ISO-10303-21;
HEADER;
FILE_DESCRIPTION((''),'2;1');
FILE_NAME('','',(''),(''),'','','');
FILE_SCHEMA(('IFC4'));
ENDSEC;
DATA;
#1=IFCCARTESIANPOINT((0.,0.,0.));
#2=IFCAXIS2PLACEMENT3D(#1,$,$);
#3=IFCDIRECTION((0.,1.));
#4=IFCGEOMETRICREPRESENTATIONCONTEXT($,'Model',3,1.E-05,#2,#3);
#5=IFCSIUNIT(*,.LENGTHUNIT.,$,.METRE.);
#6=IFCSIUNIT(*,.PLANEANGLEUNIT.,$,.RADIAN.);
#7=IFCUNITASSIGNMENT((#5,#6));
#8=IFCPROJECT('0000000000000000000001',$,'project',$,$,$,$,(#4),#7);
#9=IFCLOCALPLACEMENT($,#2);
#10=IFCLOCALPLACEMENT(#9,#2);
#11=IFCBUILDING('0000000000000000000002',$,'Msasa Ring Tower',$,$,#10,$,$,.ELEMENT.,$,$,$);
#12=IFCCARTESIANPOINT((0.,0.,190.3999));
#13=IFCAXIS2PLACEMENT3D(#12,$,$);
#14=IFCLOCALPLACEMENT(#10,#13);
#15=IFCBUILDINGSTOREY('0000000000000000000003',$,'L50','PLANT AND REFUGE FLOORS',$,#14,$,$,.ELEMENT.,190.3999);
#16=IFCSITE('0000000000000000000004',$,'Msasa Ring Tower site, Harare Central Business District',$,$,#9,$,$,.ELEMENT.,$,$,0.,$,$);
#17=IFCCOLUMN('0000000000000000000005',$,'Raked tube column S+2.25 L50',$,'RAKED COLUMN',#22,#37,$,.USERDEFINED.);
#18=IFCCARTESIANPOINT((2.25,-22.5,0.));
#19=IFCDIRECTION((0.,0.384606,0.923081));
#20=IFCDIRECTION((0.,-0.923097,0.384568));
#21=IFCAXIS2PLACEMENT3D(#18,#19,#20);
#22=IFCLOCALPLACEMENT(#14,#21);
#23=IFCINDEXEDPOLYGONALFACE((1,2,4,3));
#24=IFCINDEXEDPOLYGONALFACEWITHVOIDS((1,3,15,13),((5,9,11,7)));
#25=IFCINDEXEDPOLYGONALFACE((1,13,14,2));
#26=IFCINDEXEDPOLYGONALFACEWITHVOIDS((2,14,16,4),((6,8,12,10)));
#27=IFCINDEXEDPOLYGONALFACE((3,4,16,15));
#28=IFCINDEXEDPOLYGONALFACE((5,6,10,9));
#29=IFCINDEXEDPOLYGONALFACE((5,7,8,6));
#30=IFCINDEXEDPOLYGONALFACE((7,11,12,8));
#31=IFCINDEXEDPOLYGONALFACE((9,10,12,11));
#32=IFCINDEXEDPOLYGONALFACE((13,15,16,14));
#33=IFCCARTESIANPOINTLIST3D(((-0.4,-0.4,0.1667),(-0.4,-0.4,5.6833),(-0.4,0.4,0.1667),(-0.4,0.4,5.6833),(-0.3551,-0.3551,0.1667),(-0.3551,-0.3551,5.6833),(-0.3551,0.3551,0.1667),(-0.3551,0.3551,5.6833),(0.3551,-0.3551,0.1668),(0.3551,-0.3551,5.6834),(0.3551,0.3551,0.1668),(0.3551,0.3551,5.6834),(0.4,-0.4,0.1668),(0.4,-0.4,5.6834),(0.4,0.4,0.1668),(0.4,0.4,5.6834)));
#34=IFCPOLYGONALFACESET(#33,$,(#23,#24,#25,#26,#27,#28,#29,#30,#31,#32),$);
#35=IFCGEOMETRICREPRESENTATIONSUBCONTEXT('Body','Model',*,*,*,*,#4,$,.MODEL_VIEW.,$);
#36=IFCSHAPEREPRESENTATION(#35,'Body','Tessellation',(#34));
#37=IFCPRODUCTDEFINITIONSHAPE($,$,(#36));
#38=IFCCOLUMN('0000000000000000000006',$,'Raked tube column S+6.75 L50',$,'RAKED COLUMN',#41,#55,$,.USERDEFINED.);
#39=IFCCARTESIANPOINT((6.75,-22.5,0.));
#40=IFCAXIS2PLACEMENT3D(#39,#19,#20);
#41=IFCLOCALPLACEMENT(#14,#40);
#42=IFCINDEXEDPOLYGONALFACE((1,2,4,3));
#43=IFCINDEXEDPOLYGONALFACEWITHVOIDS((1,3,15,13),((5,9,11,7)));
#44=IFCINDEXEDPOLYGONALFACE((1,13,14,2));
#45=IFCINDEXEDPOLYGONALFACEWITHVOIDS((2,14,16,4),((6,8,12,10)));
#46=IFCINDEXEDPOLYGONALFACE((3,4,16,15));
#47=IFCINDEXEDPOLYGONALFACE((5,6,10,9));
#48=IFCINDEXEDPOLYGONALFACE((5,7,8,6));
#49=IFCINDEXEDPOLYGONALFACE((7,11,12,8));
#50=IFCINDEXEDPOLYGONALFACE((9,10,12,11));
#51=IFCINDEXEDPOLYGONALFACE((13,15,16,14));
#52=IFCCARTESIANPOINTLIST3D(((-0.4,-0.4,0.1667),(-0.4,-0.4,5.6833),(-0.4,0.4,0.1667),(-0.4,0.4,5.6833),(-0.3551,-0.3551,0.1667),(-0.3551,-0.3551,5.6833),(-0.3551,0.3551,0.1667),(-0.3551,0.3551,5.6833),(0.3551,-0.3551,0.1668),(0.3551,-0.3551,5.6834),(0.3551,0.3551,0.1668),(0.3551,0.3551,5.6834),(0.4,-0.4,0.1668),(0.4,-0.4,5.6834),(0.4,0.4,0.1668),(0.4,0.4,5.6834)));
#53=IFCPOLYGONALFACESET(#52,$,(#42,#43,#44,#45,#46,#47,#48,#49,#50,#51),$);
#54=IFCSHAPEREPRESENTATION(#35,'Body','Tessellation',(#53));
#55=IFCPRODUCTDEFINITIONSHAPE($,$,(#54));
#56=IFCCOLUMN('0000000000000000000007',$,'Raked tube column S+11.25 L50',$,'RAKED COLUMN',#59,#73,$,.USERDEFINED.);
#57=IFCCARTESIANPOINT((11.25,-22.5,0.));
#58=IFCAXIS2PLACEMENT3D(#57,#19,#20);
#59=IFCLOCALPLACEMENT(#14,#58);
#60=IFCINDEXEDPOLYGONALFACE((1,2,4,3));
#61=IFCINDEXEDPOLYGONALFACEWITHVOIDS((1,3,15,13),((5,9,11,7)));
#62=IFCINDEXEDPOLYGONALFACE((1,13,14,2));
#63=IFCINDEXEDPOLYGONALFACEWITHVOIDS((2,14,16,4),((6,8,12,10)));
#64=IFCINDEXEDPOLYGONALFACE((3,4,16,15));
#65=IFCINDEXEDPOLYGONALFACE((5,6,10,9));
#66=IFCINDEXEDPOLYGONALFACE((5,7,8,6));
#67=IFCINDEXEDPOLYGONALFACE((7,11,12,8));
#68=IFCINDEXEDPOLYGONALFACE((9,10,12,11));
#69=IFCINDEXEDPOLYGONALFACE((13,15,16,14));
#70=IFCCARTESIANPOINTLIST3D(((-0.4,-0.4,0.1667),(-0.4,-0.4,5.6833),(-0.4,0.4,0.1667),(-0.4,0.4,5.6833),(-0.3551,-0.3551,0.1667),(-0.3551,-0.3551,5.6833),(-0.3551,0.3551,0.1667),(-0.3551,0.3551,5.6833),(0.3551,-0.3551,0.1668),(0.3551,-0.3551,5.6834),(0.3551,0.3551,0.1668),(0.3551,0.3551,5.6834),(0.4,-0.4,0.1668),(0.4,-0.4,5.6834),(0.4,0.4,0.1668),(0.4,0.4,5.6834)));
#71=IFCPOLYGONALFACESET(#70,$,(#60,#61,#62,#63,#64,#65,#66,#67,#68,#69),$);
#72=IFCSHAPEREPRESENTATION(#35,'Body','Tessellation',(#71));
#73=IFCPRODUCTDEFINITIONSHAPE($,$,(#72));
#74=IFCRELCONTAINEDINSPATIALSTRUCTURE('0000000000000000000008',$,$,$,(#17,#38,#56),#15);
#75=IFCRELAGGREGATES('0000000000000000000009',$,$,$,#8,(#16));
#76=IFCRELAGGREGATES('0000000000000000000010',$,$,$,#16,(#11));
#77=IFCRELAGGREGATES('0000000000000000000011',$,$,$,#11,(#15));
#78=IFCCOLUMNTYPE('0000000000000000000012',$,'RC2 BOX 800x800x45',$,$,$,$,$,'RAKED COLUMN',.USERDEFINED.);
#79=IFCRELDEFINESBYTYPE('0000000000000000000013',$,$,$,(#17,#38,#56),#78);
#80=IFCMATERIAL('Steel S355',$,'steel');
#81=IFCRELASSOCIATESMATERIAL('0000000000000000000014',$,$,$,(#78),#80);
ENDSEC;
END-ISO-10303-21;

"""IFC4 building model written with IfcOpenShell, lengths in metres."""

from ifc_helpers import new_model, si_unit, direction, frame, origin, origin_2d, place, context, subcontext, project, spatial, hollow_rectangle, extrude, clip, halfspace, material, material_profile, profile_set, type_object, element, save


model = new_model("IFC4")

# Units and contexts
model_context = context("Model", 3, precision=1e-05, world=origin(), true_north=direction((0.0, 1.0)))
body_context = subcontext(model_context, "Body", "Model", "MODEL_VIEW")
ifc_project = project(units=[si_unit("LENGTHUNIT", "METRE"), si_unit("PLANEANGLEUNIT", "RADIAN")], contexts=[model_context])

# Site, building, storey
site_placement = place(None, origin())
site = spatial("IfcSite", under=ifc_project, at=site_placement, Name="Msasa Ring Tower site, Harare Central Business District", CompositionType="ELEMENT", RefElevation=0.0)
building_placement = place(site_placement, origin())
building = spatial("IfcBuilding", under=site, at=building_placement, Name="Msasa Ring Tower", CompositionType="ELEMENT")
storey_placement = place(building_placement, frame((0.0, 0.0, 190.3999)))
storey = spatial("IfcBuildingStorey", under=building, at=storey_placement, Name="L50", Description="PLANT AND REFUGE FLOORS", CompositionType="ELEMENT", Elevation=190.3999)

# Columns
ifc_material_1 = material(Name="Steel S355", Category="steel")
ifc_material_profile_1 = material_profile(ifc_material_1, hollow_rectangle(XDim=0.8, YDim=0.8, WallThickness=0.0449, at=origin_2d()), Name="BOX 800x800x45")
ifc_profile_set_1 = profile_set([ifc_material_profile_1], Name="Steel S355")
column_type = type_object("IfcColumnType", Name="RC2 BOX 800x800x45", ElementType="RAKED COLUMN", PredefinedType="USERDEFINED", material=ifc_profile_set_1)
for number, where, z_axis, x_axis, name in (
    (1, (2.25, -22.5, 0.0), (0.0, 0.384606, 0.923081), (0.0, -0.923097, 0.384568), "Raked tube column S+2.25 L50"),
    (2, (6.75, -22.5, 0.0), (0.0, 0.384606, 0.923081), (0.0, -0.923097, 0.384568), "Raked tube column S+6.75 L50"),
    (3, (11.25, -22.5, 0.0), (0.0, 0.384606, 0.923081), (0.0, -0.923097, 0.384568), "Raked tube column S+11.25 L50"),
):
    element("IfcColumn", number, at=place(storey_placement, frame(where, z_axis=z_axis, x_axis=x_axis)), inside=storey, type_object=column_type, Name=name, ObjectType="RAKED COLUMN", PredefinedType="USERDEFINED", context=body_context, shape_type="Clipping", body=[
        clip(clip(extrude(hollow_rectangle(XDim=0.8, YDim=0.8, WallThickness=0.0449, at=origin_2d()), origin(), (0.0, 0.0, 1.0), 5.8501), halfspace(frame((0.0, 0.0, 0.1667), z_axis=(0.0, 0.0, 1.0)), True)), halfspace(frame((0.0, 0.0, 5.6833), z_axis=(0.0, 0.0, -1.0)), True)),
    ])

save(model, "model.ifc")
